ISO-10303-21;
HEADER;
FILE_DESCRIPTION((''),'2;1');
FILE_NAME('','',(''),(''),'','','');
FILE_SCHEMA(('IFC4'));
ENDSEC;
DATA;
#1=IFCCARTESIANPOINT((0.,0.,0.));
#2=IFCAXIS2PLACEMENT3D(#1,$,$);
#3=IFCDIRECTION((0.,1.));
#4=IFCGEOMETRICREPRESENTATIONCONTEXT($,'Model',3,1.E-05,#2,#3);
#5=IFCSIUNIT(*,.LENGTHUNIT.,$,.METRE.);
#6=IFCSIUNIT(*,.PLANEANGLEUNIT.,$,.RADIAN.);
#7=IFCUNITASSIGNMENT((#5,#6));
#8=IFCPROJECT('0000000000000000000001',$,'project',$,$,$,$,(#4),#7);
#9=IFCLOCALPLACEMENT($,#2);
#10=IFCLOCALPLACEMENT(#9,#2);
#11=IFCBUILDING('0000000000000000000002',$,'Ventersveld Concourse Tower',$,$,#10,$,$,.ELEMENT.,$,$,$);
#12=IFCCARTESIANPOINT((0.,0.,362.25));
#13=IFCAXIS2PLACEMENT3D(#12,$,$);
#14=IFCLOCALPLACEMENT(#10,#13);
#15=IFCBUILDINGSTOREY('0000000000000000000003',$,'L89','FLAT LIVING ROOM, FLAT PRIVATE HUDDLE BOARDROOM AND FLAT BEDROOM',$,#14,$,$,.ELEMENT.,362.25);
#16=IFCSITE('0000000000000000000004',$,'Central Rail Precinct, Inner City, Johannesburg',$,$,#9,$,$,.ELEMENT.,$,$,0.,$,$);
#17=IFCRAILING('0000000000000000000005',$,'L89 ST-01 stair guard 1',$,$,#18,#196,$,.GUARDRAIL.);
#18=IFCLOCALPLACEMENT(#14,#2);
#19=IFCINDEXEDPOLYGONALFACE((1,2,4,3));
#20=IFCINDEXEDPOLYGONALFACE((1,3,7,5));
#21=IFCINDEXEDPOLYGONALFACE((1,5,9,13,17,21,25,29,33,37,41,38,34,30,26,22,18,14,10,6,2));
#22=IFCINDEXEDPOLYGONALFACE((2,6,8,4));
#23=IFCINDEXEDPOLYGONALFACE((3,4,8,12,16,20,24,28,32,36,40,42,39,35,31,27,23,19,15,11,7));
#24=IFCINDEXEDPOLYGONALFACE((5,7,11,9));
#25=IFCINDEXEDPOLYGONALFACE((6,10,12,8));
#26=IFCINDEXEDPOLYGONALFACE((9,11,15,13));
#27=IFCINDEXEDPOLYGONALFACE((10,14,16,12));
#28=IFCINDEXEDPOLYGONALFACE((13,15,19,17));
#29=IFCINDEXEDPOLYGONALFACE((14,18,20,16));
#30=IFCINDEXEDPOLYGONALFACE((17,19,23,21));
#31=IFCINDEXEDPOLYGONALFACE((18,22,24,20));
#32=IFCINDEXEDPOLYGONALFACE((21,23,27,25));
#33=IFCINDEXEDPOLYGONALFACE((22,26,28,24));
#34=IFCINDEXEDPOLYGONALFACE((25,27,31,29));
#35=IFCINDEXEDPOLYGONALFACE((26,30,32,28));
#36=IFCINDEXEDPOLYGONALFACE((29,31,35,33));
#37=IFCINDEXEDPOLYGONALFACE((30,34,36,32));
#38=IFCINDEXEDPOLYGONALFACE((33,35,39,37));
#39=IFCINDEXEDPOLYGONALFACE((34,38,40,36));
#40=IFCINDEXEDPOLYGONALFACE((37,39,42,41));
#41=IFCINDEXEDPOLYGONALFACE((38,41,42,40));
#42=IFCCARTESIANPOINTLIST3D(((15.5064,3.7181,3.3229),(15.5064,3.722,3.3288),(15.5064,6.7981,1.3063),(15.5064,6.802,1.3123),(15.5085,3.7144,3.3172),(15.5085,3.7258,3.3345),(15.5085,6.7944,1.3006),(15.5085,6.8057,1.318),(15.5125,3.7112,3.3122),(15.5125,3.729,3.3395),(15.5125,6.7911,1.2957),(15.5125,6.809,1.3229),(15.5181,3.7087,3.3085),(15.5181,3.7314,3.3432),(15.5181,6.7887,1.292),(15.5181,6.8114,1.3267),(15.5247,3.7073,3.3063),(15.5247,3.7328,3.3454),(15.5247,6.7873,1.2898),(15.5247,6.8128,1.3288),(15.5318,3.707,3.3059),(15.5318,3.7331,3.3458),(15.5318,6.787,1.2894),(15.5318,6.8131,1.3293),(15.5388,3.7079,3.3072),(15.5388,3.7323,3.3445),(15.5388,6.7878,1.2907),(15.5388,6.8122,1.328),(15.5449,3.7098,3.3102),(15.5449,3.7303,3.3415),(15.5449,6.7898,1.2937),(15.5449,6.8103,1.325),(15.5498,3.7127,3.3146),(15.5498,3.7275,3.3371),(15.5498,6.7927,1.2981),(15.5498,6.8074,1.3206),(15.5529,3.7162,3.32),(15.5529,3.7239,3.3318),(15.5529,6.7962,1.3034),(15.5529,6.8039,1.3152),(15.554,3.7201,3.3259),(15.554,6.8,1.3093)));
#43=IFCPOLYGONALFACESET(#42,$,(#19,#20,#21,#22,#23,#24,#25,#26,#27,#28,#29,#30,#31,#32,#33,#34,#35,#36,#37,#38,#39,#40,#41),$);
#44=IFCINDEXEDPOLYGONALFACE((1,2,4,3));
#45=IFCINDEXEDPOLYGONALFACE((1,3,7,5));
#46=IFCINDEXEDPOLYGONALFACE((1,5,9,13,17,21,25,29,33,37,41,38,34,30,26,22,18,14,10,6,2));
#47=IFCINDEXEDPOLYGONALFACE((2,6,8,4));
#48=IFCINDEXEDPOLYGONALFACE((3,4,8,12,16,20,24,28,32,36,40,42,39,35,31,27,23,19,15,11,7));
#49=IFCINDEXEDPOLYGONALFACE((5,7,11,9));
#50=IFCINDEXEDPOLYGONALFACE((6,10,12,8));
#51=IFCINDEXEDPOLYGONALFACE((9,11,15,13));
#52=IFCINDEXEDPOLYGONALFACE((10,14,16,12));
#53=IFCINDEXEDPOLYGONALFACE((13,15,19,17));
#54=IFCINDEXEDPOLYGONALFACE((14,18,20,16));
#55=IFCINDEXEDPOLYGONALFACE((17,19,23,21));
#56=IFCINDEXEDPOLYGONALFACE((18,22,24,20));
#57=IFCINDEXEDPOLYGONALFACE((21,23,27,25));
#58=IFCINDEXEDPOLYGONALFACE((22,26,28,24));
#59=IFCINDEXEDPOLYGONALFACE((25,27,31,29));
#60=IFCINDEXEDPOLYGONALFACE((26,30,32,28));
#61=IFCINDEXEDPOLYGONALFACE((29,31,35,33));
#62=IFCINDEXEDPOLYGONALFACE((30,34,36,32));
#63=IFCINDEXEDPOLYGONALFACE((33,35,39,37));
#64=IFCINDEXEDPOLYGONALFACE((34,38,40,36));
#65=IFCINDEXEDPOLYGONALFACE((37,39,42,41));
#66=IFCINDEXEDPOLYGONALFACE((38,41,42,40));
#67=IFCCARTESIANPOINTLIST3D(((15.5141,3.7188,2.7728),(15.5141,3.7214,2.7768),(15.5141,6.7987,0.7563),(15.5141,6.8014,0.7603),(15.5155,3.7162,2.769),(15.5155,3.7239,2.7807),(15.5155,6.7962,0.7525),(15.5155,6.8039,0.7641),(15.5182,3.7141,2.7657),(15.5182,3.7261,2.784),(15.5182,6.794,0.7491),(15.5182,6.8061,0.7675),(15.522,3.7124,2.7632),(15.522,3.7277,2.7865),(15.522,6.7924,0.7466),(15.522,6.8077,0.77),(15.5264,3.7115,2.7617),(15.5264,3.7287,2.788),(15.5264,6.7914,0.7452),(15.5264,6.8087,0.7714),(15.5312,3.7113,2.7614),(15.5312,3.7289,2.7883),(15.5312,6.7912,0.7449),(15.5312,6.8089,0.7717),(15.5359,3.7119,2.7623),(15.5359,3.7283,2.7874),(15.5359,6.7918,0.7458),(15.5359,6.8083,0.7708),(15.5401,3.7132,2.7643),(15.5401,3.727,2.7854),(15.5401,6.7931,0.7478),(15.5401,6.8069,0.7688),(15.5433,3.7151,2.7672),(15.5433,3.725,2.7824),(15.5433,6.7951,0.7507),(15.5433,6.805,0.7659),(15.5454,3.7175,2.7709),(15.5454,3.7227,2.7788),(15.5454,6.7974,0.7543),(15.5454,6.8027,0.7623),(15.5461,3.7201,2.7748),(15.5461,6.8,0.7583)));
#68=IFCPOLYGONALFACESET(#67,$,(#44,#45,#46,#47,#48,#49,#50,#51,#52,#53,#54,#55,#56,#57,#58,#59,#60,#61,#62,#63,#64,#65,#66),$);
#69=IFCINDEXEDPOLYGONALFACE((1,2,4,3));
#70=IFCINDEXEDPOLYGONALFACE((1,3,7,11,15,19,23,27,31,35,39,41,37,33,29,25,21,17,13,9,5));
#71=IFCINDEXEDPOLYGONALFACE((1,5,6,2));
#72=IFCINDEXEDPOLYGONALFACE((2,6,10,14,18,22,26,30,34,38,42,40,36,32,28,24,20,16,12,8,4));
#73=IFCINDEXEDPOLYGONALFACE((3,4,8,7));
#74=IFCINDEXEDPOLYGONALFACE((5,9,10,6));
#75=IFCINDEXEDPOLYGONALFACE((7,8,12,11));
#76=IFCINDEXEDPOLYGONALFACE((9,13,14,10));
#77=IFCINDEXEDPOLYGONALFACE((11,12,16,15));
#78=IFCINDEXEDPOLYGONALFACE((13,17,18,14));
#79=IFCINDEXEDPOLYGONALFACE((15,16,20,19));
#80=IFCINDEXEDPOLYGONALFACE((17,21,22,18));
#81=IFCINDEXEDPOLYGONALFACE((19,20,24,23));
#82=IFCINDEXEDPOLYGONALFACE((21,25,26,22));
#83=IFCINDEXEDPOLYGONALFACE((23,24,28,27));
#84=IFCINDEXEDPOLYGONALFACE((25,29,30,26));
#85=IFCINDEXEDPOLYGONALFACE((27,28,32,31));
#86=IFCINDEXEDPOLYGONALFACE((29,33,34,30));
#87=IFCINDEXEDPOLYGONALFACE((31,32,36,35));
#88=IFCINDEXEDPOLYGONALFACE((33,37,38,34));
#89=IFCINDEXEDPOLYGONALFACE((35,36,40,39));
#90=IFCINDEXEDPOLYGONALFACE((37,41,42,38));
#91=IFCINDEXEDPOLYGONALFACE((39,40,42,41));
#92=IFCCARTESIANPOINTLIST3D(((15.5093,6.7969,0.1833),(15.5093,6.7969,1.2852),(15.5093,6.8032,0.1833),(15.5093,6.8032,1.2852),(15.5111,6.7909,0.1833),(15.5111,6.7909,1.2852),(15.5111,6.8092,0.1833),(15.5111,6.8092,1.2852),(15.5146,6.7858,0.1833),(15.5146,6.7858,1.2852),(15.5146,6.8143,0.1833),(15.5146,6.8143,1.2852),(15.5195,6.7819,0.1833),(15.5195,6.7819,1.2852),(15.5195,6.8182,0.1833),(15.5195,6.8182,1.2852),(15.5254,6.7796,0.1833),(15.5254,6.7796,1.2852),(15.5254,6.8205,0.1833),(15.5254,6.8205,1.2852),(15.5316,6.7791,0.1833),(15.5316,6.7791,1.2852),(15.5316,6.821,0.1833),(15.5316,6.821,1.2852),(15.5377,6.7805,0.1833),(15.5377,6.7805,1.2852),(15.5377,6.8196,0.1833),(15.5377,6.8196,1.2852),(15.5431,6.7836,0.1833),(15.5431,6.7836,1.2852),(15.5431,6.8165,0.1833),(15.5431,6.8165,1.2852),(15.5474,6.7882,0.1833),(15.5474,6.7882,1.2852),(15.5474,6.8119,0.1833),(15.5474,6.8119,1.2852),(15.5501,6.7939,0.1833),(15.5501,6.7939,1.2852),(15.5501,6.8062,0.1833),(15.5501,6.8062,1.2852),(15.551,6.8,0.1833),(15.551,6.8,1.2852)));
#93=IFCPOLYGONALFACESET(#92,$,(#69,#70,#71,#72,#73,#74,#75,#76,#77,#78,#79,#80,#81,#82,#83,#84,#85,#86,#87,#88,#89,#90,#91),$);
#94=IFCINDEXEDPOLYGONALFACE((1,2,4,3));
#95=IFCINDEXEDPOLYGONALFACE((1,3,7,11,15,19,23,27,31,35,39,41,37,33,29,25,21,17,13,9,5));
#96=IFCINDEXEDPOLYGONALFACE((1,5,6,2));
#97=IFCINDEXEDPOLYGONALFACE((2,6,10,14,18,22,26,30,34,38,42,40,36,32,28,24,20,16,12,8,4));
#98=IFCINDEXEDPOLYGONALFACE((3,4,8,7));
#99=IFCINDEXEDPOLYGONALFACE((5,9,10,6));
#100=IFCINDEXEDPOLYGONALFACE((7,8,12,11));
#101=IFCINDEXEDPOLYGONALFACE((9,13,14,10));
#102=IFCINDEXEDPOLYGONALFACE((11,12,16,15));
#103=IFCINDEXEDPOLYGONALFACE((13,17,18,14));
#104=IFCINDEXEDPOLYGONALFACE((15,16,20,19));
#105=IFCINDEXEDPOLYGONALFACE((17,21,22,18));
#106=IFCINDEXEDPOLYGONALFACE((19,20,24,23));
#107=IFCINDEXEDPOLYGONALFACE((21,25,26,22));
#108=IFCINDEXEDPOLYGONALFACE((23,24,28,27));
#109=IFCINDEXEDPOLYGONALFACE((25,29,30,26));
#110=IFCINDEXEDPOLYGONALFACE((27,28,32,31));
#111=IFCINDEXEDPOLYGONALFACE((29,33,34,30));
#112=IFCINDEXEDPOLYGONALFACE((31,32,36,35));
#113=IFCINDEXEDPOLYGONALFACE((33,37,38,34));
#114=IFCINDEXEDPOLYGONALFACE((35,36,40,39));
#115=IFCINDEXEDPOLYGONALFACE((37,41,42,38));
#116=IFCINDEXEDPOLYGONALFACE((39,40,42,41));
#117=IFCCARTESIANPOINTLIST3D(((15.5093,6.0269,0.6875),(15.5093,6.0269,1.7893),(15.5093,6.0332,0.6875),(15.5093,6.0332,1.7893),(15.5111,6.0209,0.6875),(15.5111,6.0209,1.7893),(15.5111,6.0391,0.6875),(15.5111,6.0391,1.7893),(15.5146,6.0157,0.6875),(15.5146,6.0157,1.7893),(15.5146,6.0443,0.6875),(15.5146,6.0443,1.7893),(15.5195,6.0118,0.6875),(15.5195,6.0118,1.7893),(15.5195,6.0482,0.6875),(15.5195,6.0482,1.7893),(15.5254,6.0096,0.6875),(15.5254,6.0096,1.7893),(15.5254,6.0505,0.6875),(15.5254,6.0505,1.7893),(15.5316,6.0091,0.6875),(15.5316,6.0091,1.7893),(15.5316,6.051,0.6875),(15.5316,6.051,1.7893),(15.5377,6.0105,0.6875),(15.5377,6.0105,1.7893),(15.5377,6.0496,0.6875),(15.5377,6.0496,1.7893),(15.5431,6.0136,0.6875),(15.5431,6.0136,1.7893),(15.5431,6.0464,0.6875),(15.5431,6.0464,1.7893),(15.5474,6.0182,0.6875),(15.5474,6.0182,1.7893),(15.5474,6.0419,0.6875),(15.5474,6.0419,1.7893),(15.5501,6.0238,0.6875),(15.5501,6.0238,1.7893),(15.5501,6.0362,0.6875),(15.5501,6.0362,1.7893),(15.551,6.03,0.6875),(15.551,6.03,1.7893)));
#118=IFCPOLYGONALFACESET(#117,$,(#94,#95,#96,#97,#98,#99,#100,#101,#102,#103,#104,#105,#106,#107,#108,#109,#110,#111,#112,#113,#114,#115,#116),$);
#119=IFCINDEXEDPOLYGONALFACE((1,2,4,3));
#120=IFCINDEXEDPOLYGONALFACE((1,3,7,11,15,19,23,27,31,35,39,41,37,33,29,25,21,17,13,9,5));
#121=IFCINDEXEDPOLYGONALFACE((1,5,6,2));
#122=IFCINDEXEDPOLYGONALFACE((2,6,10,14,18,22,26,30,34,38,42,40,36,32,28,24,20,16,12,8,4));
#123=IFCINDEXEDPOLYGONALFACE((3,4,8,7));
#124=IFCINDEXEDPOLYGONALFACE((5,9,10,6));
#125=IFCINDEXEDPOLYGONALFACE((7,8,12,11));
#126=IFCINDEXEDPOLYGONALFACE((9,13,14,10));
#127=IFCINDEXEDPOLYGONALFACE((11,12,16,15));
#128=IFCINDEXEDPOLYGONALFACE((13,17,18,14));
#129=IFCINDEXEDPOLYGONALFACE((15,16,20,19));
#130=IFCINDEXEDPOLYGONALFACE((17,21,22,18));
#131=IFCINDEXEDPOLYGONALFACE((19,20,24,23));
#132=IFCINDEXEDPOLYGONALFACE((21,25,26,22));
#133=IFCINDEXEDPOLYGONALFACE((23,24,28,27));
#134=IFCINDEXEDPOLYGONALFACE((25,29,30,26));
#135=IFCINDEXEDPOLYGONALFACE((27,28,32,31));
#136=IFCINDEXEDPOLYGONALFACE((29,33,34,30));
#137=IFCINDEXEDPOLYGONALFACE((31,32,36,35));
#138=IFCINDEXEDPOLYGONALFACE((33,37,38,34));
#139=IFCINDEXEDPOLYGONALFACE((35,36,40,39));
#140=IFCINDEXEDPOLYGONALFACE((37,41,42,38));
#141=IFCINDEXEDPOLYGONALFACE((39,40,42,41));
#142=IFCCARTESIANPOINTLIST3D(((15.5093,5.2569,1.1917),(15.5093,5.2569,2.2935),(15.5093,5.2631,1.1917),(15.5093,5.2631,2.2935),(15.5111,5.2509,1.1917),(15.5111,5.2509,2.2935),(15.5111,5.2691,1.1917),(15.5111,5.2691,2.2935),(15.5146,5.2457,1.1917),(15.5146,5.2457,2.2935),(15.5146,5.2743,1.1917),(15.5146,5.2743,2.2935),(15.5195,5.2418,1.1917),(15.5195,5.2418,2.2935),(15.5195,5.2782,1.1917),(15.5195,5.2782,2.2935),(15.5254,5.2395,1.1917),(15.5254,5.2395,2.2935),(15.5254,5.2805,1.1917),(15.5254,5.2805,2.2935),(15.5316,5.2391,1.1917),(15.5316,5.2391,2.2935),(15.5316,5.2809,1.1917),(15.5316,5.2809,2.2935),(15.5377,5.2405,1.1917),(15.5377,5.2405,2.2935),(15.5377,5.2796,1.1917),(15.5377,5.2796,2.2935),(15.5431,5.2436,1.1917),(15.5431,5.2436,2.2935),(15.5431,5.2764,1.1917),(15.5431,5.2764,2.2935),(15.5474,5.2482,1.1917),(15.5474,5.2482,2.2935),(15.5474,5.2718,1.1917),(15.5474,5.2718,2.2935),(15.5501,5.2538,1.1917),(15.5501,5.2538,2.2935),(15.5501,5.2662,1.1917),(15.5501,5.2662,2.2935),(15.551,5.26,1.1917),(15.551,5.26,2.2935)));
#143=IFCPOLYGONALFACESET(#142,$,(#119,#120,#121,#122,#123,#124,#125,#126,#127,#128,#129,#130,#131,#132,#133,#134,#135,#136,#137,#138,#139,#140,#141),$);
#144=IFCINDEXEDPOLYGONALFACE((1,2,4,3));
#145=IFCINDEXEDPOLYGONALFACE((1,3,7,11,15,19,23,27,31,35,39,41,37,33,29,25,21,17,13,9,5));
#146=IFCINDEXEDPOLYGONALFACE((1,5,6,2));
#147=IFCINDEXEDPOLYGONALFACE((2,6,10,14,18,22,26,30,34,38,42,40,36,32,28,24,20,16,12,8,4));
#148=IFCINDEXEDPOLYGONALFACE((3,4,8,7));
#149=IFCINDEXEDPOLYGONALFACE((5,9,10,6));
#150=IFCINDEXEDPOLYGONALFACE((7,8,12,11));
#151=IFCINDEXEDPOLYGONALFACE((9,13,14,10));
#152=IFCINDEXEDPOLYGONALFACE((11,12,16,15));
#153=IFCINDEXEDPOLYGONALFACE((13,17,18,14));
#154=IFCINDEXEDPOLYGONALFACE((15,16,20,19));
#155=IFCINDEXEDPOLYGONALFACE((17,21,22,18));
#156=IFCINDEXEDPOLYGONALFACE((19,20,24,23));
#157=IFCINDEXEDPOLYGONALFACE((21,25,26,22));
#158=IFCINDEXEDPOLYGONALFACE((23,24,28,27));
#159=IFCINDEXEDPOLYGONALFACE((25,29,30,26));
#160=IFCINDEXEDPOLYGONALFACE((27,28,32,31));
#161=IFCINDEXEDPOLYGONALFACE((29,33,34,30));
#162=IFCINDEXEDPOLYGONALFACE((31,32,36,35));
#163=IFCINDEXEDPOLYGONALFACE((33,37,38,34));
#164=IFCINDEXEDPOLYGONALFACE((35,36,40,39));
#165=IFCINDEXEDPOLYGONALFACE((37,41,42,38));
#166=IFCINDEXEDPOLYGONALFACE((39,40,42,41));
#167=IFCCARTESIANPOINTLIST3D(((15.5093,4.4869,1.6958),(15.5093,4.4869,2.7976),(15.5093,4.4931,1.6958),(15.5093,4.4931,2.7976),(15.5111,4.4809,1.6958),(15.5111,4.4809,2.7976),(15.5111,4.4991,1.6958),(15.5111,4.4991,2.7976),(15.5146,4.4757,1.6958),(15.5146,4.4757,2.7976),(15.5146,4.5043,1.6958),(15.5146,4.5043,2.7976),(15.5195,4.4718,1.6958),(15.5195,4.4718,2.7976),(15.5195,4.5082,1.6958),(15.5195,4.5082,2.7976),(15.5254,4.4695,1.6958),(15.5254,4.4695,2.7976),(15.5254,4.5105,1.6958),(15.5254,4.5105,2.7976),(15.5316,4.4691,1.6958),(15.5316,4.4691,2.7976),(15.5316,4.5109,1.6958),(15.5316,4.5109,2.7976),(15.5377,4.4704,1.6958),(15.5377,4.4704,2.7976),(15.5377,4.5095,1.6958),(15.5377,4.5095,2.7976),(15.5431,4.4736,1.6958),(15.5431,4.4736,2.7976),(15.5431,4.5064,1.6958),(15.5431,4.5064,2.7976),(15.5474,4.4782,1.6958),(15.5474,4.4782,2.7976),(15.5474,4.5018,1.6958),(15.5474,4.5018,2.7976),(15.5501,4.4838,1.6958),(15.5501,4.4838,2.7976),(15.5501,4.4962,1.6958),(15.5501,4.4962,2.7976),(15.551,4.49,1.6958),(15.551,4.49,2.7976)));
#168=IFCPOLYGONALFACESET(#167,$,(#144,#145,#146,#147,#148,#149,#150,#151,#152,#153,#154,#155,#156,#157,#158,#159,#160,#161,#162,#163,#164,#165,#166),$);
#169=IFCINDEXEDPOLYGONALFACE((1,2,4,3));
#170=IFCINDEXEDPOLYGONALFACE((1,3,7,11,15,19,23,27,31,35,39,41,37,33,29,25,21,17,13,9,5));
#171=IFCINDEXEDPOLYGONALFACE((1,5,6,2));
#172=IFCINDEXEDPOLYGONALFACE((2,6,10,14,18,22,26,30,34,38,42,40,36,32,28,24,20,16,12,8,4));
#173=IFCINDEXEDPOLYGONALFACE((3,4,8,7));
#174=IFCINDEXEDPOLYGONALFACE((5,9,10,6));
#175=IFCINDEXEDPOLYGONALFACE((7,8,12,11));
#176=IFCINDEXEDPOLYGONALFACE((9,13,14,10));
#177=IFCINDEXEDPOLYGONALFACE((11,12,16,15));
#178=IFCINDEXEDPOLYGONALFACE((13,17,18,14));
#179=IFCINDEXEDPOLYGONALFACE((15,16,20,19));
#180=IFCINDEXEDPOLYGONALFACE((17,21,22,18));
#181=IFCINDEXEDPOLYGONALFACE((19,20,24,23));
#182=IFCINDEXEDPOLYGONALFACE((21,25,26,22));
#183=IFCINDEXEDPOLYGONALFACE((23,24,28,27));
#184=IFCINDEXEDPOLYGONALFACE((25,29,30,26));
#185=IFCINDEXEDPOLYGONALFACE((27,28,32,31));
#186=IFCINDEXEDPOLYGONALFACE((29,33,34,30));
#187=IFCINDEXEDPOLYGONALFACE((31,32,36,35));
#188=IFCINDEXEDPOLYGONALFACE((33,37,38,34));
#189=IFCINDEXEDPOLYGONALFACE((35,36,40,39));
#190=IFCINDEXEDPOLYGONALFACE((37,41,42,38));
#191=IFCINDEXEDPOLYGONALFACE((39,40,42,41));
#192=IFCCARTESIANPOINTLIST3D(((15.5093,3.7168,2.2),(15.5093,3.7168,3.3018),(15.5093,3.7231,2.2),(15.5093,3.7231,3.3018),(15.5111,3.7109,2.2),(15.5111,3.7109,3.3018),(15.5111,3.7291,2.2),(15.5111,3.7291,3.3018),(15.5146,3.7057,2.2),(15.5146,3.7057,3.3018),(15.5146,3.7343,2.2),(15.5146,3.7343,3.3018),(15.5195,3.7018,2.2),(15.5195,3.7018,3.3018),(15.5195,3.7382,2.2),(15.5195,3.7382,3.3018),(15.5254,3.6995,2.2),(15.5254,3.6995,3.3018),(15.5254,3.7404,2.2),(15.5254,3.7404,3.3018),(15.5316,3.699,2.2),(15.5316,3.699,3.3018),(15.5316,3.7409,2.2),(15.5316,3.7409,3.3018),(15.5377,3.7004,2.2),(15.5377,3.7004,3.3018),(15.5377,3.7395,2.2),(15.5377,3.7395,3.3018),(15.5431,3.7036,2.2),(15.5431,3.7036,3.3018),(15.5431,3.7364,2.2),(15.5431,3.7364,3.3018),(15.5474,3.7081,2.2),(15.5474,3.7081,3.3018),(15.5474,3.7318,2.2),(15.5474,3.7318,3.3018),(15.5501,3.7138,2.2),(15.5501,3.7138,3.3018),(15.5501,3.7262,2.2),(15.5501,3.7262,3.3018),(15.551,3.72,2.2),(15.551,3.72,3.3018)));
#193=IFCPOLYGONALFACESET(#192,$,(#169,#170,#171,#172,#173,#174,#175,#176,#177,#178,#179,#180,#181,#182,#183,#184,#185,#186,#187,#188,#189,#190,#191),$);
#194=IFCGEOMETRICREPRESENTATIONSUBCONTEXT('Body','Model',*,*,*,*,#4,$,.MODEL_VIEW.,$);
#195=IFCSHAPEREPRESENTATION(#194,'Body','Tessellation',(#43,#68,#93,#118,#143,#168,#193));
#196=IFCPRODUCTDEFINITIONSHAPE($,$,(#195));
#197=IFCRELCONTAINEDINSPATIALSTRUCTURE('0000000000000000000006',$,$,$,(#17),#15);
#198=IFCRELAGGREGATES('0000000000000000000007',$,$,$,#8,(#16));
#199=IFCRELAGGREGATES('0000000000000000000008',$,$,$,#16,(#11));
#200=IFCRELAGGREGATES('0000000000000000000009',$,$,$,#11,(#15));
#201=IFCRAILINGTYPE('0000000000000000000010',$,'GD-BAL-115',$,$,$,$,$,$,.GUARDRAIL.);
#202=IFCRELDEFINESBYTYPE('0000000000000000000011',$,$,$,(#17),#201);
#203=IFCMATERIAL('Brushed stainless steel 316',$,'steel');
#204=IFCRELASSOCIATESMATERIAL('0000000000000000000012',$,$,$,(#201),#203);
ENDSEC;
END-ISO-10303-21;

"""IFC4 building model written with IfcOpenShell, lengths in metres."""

from ifc_helpers import new_model, si_unit, direction, frame, origin, origin_2d, place, context, subcontext, project, spatial, circle, extrude, material, type_object, element, save


model = new_model("IFC4")

# Units and contexts
model_context = context("Model", 3, precision=1e-05, world=origin(), true_north=direction((0.0, 1.0)))
body_context = subcontext(model_context, "Body", "Model", "MODEL_VIEW")
ifc_project = project(units=[si_unit("LENGTHUNIT", "METRE"), si_unit("PLANEANGLEUNIT", "RADIAN")], contexts=[model_context])

# Site, building, storey
site_placement = place(None, origin())
site = spatial("IfcSite", under=ifc_project, at=site_placement, Name="Central Rail Precinct, Inner City, Johannesburg", CompositionType="ELEMENT", RefElevation=0.0)
building_placement = place(site_placement, origin())
building = spatial("IfcBuilding", under=site, at=building_placement, Name="Ventersveld Concourse Tower", CompositionType="ELEMENT")
storey_placement = place(building_placement, frame((0.0, 0.0, 362.25)))
storey = spatial("IfcBuildingStorey", under=building, at=storey_placement, Name="L89", Description="FLAT LIVING ROOM, FLAT PRIVATE HUDDLE BOARDROOM AND FLAT BEDROOM", CompositionType="ELEMENT", Elevation=362.25)

# Shared definitions
ifc_material_1 = material(Name="Brushed stainless steel 316", Category="steel")

# Railing
railing_type_1 = type_object("IfcRailingType", Name="GD-BAL-115", PredefinedType="GUARDRAIL", material=ifc_material_1)
railing_1_placement = place(storey_placement, frame((15.53, 6.8, 0.1833)))
element("IfcRailing", 1, at=railing_1_placement, inside=storey, type_object=railing_type_1, Name="L89 ST-01 stair guard 1", PredefinedType="GUARDRAIL", context=body_context, shape_type="SweptSolid", body=[
    extrude(circle(Radius=0.0239, at=origin_2d()), frame((0.0, 0.0, 1.126), z_axis=(0.0, -0.836633, 0.547764), x_axis=(1.0, 0.0, 0.0)), (0.0, 0.0, 1.0), 3.6814),
    extrude(circle(Radius=0.0161, at=origin_2d()), frame((0.0, 0.0, 0.575), z_axis=(0.0, -0.836633, 0.547764), x_axis=(1.0, 0.0, 0.0)), (0.0, 0.0, 1.0), 3.6814),
    extrude(circle(Radius=0.021, at=origin_2d()), origin(), (0.0, 0.0, 1.0), 1.1018),
    extrude(circle(Radius=0.021, at=origin_2d()), frame((0.0, -0.77, 0.5042)), (0.0, 0.0, 1.0), 1.1018),
    extrude(circle(Radius=0.021, at=origin_2d()), frame((0.0, -1.54, 1.0083)), (0.0, 0.0, 1.0), 1.1018),
    extrude(circle(Radius=0.021, at=origin_2d()), frame((0.0, -2.3101, 1.5125)), (0.0, 0.0, 1.0), 1.1018),
    extrude(circle(Radius=0.021, at=origin_2d()), frame((0.0, -3.0801, 2.0166)), (0.0, 0.0, 1.0), 1.1018),
])

save(model, "model.ifc")
